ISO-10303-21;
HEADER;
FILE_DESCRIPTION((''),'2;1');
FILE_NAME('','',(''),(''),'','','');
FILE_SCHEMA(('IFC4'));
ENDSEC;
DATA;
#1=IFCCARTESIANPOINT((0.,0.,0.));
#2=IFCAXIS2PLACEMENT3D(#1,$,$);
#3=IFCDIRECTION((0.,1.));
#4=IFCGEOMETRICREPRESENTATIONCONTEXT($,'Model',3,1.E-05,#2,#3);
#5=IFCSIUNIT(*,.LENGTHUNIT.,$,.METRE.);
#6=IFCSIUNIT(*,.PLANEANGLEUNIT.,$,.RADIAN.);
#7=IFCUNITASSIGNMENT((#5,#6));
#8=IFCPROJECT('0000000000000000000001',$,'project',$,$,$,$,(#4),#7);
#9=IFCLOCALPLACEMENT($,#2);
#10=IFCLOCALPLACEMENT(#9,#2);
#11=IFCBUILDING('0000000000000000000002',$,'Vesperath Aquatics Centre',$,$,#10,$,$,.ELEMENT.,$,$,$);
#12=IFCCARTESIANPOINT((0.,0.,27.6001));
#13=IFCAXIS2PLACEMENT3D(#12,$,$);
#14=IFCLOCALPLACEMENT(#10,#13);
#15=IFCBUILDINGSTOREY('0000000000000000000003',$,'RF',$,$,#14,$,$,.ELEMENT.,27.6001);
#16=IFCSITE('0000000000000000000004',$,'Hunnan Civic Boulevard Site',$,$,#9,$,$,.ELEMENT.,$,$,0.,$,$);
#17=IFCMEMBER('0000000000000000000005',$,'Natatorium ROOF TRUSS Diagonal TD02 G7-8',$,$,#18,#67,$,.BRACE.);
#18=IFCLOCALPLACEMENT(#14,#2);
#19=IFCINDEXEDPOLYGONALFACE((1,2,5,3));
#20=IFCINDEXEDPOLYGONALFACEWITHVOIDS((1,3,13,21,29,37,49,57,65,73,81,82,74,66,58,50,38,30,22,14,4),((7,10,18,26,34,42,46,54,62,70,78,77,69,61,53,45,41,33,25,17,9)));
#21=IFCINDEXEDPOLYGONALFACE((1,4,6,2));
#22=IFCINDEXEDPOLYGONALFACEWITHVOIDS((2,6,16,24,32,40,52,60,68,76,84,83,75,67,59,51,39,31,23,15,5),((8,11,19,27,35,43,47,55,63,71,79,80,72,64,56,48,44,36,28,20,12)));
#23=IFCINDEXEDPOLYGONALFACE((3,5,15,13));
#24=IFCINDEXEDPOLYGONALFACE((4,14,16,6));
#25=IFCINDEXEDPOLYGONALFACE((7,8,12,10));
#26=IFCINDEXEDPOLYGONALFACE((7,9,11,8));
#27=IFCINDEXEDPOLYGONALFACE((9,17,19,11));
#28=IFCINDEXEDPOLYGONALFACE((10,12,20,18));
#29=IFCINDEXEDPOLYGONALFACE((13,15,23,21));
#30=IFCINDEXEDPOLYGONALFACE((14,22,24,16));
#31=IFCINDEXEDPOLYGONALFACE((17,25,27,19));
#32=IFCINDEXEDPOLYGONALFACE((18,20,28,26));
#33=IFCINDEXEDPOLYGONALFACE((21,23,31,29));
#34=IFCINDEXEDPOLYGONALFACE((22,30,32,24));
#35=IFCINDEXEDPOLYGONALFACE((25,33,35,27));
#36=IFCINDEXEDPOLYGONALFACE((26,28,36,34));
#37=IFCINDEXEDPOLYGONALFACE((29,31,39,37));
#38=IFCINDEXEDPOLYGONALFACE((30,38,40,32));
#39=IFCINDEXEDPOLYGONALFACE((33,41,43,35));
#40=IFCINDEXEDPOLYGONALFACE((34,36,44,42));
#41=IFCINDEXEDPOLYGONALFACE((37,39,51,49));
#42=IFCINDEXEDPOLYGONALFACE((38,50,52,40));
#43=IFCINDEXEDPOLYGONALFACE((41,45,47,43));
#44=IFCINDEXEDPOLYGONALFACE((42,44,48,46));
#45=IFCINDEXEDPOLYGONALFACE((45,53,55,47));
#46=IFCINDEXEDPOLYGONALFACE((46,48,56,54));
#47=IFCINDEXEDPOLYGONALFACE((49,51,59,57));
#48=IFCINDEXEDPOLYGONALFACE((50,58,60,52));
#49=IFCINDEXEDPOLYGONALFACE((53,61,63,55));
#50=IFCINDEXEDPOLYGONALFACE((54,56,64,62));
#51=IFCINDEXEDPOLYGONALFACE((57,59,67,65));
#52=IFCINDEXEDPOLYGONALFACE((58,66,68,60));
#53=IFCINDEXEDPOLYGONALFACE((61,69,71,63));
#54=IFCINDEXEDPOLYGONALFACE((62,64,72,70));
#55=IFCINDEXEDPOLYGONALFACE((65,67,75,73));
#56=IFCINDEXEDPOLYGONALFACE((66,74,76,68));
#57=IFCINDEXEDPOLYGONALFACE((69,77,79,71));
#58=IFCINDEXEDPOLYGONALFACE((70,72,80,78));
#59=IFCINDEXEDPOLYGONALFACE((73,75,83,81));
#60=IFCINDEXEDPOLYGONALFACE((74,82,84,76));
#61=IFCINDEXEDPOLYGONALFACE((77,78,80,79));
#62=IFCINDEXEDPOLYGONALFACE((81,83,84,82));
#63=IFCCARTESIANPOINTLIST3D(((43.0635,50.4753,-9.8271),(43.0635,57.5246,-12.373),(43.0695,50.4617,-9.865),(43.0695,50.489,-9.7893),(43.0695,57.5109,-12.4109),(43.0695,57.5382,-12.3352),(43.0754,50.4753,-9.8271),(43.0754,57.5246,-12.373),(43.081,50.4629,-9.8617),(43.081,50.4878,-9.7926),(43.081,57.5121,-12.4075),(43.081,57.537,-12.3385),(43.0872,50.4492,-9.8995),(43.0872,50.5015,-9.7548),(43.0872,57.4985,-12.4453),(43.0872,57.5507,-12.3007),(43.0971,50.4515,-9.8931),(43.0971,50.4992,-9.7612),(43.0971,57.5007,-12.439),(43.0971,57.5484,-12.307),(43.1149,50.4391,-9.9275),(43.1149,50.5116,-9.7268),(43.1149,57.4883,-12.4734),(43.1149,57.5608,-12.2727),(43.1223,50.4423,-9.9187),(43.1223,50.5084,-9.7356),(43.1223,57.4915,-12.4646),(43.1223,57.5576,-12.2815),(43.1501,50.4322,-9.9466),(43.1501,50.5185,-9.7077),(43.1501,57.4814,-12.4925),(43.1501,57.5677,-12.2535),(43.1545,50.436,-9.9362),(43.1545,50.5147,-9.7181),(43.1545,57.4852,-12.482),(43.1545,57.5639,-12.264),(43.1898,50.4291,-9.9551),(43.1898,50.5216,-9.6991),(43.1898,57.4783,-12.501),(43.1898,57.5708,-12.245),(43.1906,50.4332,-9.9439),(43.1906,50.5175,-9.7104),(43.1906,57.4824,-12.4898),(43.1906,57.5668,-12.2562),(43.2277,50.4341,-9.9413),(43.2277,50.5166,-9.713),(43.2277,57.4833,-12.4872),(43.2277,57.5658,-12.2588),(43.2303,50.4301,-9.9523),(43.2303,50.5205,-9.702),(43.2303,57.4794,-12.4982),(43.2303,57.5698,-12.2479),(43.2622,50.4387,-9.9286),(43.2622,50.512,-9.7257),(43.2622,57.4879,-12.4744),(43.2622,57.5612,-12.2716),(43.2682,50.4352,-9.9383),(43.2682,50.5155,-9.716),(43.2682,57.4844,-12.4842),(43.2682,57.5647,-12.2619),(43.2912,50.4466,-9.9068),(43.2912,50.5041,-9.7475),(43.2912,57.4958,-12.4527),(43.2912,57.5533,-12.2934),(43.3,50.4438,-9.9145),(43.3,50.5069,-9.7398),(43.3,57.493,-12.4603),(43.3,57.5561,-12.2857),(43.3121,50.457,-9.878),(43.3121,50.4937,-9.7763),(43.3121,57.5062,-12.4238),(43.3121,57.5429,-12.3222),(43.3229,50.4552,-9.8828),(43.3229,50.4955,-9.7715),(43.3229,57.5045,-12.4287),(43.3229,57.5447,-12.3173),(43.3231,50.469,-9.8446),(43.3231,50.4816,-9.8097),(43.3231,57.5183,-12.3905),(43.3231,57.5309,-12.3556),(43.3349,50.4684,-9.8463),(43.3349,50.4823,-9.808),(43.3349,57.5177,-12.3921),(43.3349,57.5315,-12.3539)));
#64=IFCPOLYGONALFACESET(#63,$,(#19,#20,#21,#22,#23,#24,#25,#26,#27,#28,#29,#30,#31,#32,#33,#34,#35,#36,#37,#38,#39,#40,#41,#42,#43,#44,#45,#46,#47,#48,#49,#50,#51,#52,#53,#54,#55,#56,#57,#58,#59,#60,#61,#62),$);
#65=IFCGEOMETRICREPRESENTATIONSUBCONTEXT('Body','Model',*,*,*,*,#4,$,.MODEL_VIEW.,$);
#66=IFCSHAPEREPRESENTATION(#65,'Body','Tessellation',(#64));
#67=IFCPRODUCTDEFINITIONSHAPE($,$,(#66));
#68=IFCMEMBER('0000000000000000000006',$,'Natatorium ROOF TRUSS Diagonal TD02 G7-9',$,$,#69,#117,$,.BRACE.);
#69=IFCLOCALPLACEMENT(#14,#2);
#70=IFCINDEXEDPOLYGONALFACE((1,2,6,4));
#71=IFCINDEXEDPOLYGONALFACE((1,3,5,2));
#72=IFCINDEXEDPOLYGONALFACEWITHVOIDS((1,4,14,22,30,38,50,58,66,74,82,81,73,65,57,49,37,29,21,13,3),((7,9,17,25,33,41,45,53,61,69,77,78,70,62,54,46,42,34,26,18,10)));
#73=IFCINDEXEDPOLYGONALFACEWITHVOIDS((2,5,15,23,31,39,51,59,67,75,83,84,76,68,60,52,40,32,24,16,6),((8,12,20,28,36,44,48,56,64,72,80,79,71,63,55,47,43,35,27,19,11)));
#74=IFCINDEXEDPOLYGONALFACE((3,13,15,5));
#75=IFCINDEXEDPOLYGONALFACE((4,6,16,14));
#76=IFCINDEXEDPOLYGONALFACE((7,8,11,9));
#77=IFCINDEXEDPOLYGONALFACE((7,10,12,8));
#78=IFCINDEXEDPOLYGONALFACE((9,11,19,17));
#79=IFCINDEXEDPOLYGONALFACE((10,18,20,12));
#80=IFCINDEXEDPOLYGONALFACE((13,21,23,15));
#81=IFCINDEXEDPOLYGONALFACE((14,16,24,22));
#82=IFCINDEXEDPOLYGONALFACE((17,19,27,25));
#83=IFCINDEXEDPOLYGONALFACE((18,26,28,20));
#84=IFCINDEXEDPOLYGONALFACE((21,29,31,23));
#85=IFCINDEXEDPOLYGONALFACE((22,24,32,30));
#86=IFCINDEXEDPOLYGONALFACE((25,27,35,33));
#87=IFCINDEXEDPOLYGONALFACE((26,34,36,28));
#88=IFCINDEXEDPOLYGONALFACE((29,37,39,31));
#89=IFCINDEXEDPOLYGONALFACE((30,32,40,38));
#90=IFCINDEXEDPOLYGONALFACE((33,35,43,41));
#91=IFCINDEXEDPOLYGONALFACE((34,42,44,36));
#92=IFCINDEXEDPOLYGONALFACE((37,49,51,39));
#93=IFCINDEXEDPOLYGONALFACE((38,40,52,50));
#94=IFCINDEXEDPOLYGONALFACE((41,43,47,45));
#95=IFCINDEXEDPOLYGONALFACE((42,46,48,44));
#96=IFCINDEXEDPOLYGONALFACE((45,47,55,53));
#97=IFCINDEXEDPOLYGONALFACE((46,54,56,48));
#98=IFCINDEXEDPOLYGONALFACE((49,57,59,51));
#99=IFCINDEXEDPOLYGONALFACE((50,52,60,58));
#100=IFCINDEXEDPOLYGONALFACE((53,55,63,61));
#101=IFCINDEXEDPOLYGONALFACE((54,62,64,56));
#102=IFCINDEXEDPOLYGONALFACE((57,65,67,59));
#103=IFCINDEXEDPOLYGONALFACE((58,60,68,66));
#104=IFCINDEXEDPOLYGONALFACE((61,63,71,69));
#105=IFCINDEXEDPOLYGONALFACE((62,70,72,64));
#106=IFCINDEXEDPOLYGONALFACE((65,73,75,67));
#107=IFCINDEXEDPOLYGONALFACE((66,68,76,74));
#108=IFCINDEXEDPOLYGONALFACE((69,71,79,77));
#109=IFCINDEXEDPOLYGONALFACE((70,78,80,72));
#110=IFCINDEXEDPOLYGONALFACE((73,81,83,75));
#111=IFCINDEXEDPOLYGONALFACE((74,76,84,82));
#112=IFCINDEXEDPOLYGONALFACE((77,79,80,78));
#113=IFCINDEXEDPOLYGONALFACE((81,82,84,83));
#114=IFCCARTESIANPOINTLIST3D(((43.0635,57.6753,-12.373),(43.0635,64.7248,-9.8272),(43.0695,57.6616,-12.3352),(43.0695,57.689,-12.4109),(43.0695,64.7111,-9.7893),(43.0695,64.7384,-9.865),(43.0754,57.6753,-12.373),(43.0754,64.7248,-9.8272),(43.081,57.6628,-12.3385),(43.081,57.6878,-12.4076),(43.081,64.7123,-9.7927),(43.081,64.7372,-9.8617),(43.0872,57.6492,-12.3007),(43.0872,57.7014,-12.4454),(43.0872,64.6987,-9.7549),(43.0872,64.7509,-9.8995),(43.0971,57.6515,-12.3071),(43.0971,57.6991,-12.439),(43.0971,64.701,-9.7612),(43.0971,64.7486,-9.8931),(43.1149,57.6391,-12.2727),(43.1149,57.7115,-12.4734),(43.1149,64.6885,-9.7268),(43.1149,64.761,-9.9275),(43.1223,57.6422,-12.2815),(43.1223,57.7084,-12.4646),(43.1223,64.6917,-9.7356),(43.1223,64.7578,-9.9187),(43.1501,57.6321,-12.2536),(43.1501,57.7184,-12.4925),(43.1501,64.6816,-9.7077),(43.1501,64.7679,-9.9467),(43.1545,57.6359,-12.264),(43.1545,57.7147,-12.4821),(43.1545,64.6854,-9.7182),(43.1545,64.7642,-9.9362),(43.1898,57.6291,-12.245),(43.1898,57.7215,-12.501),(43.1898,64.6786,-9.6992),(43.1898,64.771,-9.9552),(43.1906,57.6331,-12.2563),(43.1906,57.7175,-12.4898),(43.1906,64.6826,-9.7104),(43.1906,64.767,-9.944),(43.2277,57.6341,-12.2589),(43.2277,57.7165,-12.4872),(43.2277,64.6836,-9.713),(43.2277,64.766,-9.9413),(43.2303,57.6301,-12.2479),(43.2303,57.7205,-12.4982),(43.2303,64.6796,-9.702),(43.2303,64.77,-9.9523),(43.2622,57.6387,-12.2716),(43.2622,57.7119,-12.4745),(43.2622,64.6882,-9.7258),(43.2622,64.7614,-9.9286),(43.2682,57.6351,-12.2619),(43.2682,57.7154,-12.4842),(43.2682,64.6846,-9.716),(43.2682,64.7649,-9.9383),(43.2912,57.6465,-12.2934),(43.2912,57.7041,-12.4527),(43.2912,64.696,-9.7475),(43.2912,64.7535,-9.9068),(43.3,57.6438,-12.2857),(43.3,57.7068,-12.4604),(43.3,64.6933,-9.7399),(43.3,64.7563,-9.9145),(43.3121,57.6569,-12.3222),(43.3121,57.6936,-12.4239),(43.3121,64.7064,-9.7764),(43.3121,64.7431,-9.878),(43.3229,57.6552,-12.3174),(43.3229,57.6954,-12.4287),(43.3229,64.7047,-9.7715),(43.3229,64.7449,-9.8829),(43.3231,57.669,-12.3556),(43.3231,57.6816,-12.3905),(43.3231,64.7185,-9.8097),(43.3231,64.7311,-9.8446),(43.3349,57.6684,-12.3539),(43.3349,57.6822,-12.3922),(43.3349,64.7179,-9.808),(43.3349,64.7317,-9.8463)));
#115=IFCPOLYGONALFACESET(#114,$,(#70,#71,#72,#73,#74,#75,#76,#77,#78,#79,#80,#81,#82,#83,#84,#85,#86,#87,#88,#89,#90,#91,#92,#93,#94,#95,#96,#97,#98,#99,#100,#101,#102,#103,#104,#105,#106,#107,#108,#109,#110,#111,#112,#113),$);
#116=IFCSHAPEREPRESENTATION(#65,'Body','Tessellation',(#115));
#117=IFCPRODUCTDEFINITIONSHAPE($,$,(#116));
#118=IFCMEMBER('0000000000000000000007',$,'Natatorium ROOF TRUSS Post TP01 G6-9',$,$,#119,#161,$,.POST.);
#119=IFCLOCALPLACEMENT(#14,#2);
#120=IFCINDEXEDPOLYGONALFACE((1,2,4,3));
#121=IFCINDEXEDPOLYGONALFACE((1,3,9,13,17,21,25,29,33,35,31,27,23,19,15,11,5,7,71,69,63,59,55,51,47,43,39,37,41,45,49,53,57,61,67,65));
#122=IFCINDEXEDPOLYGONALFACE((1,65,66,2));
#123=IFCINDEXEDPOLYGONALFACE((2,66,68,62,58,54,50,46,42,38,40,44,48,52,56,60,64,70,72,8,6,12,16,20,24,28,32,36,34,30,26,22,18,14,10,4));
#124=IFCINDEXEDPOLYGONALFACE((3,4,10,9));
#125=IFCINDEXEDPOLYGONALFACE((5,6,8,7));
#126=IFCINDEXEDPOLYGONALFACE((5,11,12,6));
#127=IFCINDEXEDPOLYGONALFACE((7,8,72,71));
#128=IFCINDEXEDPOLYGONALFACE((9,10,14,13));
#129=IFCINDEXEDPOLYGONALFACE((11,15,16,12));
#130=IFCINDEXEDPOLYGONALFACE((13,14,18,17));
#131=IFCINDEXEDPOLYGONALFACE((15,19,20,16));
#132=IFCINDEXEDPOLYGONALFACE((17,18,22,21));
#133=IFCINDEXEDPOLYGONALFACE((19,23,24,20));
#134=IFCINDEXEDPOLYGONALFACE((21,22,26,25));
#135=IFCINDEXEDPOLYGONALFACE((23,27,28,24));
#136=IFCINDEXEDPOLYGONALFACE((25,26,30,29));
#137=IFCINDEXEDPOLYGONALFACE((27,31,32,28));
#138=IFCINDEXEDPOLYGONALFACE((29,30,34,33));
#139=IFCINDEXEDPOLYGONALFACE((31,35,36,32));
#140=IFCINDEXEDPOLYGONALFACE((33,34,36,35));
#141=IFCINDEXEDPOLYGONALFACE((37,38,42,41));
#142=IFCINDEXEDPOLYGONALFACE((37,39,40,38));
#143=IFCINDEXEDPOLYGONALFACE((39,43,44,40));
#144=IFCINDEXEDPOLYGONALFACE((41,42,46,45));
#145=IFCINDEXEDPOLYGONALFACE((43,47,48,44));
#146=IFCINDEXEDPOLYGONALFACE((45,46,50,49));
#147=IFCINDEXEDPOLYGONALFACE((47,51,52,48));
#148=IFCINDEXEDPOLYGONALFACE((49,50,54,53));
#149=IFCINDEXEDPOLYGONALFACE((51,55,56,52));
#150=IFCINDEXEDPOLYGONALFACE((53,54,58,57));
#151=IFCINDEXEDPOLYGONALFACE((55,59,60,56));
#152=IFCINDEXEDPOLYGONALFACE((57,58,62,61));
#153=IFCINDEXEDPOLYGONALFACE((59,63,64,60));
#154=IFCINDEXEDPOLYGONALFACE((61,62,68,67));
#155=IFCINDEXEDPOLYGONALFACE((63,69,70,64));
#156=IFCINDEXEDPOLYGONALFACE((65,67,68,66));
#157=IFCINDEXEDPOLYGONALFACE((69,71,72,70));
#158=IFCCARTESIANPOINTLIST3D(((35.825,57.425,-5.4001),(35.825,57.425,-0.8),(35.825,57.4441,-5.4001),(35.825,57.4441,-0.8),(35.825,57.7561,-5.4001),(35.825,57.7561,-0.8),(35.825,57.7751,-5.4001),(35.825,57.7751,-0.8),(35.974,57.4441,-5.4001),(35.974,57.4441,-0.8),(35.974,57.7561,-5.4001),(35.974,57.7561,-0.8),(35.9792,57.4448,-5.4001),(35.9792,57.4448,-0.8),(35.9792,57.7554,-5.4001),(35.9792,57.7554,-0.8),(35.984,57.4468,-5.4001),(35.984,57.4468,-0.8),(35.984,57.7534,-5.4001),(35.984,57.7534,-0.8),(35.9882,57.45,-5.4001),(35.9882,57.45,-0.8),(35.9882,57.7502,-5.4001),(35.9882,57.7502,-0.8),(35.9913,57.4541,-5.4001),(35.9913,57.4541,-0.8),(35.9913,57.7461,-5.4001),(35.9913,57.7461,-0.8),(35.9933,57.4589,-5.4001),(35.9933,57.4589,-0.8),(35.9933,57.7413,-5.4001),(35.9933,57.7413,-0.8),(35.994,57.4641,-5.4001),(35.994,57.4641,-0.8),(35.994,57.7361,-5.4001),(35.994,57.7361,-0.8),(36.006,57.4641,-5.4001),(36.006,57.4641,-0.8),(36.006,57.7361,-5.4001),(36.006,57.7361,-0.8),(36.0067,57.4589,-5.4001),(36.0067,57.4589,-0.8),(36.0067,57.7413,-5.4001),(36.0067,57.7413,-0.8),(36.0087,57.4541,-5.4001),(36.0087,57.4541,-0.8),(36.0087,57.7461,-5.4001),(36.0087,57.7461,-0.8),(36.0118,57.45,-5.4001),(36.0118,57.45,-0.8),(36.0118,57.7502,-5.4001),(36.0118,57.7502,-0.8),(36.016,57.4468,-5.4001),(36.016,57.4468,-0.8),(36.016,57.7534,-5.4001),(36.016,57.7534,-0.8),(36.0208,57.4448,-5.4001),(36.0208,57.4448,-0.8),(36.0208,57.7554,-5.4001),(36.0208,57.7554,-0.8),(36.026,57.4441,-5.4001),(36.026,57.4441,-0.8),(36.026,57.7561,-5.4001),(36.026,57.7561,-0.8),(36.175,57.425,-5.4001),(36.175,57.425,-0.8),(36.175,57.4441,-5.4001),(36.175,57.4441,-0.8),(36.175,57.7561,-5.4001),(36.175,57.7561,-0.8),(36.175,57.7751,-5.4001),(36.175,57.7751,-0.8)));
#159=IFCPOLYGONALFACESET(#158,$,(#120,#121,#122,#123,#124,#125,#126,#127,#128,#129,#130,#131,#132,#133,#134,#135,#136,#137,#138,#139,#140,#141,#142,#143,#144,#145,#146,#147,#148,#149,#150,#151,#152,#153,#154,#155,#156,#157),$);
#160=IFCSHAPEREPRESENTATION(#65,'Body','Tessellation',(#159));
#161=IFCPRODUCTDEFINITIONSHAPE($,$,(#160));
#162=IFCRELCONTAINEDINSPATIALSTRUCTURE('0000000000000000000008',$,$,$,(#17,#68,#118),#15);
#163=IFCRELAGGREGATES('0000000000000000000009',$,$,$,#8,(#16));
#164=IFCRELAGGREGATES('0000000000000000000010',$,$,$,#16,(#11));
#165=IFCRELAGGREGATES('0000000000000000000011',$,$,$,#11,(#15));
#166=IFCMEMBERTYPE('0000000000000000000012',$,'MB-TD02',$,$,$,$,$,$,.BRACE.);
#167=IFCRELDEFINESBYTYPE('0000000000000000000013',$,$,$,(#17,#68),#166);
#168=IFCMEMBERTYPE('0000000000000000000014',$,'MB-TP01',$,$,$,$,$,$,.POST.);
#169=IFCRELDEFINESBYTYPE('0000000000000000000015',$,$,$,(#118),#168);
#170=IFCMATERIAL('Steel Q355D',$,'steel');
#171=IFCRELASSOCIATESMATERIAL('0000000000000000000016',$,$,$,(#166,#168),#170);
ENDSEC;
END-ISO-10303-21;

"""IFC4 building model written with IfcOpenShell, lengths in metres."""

from ifc_helpers import new_model, si_unit, direction, frame, origin, origin_2d, place, context, subcontext, project, spatial, hollow_circle, i_section, extrude, material, material_profile, profile_set, type_object, element, save


model = new_model("IFC4")

# Units and contexts
model_context = context("Model", 3, precision=1e-05, world=origin(), true_north=direction((0.0, 1.0)))
body_context = subcontext(model_context, "Body", "Model", "MODEL_VIEW")
ifc_project = project(units=[si_unit("LENGTHUNIT", "METRE"), si_unit("PLANEANGLEUNIT", "RADIAN")], contexts=[model_context])

# Site, building, storey
site_placement = place(None, origin())
site = spatial("IfcSite", under=ifc_project, at=site_placement, Name="Hunnan Civic Boulevard Site", CompositionType="ELEMENT", RefElevation=0.0)
building_placement = place(site_placement, origin())
building = spatial("IfcBuilding", under=site, at=building_placement, Name="Vesperath Aquatics Centre", CompositionType="ELEMENT")
storey_placement = place(building_placement, frame((0.0, 0.0, 27.6001)))
storey = spatial("IfcBuildingStorey", under=building, at=storey_placement, Name="RF", CompositionType="ELEMENT", Elevation=27.6001)

# Members
ifc_material_1 = material(Name="Steel Q355D", Category="steel")
ifc_material_profile_1 = material_profile(ifc_material_1, hollow_circle(Radius=0.1365, WallThickness=0.012, at=origin_2d()), Name="CHS 273.0x12")
ifc_profile_set_1 = profile_set([ifc_material_profile_1], Name="Steel Q355D")
member_type_1 = type_object("IfcMemberType", Name="MB-TD02", PredefinedType="BRACE", material=ifc_profile_set_1)
member_1_placement = place(storey_placement, frame((43.2, 50.4753, -9.8271), z_axis=(0.0, 0.940541, -0.339681), x_axis=(-1.0, 0.0, 0.0)))
element("IfcMember", 1, at=member_1_placement, inside=storey, type_object=member_type_1, Name="Natatorium ROOF TRUSS Diagonal TD02 G7-8", PredefinedType="BRACE", context=body_context, shape_type="SweptSolid", body=[
    extrude(hollow_circle(Radius=0.1365, WallThickness=0.012, at=origin_2d()), origin(), (0.0, 0.0, 1.0), 7.4949),
])
member_2_placement = place(storey_placement, frame((43.2, 57.6753, -12.373), z_axis=(0.0, 0.940544, 0.339671), x_axis=(-1.0, 0.0, 0.0)))
element("IfcMember", 2, at=member_2_placement, inside=storey, type_object=member_type_1, Name="Natatorium ROOF TRUSS Diagonal TD02 G7-9", PredefinedType="BRACE", context=body_context, shape_type="SweptSolid", body=[
    extrude(hollow_circle(Radius=0.1365, WallThickness=0.012, at=origin_2d()), origin(), (0.0, 0.0, 1.0), 7.4951),
])
ifc_material_profile_2 = material_profile(ifc_material_1, i_section(OverallWidth=0.3501, OverallDepth=0.3501, WebThickness=0.012, FlangeThickness=0.019, FilletRadius=0.02, at=origin_2d()), Name="HW 350x350x12x19")
ifc_profile_set_2 = profile_set([ifc_material_profile_2], Name="Steel Q355D")
member_type_2 = type_object("IfcMemberType", Name="MB-TP01", PredefinedType="POST", material=ifc_profile_set_2)
for number, where, z_axis, x_axis, name in (
    (3, (36.0, 57.6001, -5.4001), (0.0, 0.0, 1.0), (1.0, 0.0, 0.0), "Natatorium ROOF TRUSS Post TP01 G6-9"),
):
    element("IfcMember", number, at=place(storey_placement, frame(where, z_axis=z_axis, x_axis=x_axis)), inside=storey, type_object=member_type_2, Name=name, PredefinedType="POST", context=body_context, shape_type="SweptSolid", body=[
        extrude(i_section(OverallWidth=0.3501, OverallDepth=0.3501, WebThickness=0.012, FlangeThickness=0.019, FilletRadius=0.02, at=origin_2d()), origin(), (0.0, 0.0, 1.0), 4.6001),
    ])

save(model, "model.ifc")
